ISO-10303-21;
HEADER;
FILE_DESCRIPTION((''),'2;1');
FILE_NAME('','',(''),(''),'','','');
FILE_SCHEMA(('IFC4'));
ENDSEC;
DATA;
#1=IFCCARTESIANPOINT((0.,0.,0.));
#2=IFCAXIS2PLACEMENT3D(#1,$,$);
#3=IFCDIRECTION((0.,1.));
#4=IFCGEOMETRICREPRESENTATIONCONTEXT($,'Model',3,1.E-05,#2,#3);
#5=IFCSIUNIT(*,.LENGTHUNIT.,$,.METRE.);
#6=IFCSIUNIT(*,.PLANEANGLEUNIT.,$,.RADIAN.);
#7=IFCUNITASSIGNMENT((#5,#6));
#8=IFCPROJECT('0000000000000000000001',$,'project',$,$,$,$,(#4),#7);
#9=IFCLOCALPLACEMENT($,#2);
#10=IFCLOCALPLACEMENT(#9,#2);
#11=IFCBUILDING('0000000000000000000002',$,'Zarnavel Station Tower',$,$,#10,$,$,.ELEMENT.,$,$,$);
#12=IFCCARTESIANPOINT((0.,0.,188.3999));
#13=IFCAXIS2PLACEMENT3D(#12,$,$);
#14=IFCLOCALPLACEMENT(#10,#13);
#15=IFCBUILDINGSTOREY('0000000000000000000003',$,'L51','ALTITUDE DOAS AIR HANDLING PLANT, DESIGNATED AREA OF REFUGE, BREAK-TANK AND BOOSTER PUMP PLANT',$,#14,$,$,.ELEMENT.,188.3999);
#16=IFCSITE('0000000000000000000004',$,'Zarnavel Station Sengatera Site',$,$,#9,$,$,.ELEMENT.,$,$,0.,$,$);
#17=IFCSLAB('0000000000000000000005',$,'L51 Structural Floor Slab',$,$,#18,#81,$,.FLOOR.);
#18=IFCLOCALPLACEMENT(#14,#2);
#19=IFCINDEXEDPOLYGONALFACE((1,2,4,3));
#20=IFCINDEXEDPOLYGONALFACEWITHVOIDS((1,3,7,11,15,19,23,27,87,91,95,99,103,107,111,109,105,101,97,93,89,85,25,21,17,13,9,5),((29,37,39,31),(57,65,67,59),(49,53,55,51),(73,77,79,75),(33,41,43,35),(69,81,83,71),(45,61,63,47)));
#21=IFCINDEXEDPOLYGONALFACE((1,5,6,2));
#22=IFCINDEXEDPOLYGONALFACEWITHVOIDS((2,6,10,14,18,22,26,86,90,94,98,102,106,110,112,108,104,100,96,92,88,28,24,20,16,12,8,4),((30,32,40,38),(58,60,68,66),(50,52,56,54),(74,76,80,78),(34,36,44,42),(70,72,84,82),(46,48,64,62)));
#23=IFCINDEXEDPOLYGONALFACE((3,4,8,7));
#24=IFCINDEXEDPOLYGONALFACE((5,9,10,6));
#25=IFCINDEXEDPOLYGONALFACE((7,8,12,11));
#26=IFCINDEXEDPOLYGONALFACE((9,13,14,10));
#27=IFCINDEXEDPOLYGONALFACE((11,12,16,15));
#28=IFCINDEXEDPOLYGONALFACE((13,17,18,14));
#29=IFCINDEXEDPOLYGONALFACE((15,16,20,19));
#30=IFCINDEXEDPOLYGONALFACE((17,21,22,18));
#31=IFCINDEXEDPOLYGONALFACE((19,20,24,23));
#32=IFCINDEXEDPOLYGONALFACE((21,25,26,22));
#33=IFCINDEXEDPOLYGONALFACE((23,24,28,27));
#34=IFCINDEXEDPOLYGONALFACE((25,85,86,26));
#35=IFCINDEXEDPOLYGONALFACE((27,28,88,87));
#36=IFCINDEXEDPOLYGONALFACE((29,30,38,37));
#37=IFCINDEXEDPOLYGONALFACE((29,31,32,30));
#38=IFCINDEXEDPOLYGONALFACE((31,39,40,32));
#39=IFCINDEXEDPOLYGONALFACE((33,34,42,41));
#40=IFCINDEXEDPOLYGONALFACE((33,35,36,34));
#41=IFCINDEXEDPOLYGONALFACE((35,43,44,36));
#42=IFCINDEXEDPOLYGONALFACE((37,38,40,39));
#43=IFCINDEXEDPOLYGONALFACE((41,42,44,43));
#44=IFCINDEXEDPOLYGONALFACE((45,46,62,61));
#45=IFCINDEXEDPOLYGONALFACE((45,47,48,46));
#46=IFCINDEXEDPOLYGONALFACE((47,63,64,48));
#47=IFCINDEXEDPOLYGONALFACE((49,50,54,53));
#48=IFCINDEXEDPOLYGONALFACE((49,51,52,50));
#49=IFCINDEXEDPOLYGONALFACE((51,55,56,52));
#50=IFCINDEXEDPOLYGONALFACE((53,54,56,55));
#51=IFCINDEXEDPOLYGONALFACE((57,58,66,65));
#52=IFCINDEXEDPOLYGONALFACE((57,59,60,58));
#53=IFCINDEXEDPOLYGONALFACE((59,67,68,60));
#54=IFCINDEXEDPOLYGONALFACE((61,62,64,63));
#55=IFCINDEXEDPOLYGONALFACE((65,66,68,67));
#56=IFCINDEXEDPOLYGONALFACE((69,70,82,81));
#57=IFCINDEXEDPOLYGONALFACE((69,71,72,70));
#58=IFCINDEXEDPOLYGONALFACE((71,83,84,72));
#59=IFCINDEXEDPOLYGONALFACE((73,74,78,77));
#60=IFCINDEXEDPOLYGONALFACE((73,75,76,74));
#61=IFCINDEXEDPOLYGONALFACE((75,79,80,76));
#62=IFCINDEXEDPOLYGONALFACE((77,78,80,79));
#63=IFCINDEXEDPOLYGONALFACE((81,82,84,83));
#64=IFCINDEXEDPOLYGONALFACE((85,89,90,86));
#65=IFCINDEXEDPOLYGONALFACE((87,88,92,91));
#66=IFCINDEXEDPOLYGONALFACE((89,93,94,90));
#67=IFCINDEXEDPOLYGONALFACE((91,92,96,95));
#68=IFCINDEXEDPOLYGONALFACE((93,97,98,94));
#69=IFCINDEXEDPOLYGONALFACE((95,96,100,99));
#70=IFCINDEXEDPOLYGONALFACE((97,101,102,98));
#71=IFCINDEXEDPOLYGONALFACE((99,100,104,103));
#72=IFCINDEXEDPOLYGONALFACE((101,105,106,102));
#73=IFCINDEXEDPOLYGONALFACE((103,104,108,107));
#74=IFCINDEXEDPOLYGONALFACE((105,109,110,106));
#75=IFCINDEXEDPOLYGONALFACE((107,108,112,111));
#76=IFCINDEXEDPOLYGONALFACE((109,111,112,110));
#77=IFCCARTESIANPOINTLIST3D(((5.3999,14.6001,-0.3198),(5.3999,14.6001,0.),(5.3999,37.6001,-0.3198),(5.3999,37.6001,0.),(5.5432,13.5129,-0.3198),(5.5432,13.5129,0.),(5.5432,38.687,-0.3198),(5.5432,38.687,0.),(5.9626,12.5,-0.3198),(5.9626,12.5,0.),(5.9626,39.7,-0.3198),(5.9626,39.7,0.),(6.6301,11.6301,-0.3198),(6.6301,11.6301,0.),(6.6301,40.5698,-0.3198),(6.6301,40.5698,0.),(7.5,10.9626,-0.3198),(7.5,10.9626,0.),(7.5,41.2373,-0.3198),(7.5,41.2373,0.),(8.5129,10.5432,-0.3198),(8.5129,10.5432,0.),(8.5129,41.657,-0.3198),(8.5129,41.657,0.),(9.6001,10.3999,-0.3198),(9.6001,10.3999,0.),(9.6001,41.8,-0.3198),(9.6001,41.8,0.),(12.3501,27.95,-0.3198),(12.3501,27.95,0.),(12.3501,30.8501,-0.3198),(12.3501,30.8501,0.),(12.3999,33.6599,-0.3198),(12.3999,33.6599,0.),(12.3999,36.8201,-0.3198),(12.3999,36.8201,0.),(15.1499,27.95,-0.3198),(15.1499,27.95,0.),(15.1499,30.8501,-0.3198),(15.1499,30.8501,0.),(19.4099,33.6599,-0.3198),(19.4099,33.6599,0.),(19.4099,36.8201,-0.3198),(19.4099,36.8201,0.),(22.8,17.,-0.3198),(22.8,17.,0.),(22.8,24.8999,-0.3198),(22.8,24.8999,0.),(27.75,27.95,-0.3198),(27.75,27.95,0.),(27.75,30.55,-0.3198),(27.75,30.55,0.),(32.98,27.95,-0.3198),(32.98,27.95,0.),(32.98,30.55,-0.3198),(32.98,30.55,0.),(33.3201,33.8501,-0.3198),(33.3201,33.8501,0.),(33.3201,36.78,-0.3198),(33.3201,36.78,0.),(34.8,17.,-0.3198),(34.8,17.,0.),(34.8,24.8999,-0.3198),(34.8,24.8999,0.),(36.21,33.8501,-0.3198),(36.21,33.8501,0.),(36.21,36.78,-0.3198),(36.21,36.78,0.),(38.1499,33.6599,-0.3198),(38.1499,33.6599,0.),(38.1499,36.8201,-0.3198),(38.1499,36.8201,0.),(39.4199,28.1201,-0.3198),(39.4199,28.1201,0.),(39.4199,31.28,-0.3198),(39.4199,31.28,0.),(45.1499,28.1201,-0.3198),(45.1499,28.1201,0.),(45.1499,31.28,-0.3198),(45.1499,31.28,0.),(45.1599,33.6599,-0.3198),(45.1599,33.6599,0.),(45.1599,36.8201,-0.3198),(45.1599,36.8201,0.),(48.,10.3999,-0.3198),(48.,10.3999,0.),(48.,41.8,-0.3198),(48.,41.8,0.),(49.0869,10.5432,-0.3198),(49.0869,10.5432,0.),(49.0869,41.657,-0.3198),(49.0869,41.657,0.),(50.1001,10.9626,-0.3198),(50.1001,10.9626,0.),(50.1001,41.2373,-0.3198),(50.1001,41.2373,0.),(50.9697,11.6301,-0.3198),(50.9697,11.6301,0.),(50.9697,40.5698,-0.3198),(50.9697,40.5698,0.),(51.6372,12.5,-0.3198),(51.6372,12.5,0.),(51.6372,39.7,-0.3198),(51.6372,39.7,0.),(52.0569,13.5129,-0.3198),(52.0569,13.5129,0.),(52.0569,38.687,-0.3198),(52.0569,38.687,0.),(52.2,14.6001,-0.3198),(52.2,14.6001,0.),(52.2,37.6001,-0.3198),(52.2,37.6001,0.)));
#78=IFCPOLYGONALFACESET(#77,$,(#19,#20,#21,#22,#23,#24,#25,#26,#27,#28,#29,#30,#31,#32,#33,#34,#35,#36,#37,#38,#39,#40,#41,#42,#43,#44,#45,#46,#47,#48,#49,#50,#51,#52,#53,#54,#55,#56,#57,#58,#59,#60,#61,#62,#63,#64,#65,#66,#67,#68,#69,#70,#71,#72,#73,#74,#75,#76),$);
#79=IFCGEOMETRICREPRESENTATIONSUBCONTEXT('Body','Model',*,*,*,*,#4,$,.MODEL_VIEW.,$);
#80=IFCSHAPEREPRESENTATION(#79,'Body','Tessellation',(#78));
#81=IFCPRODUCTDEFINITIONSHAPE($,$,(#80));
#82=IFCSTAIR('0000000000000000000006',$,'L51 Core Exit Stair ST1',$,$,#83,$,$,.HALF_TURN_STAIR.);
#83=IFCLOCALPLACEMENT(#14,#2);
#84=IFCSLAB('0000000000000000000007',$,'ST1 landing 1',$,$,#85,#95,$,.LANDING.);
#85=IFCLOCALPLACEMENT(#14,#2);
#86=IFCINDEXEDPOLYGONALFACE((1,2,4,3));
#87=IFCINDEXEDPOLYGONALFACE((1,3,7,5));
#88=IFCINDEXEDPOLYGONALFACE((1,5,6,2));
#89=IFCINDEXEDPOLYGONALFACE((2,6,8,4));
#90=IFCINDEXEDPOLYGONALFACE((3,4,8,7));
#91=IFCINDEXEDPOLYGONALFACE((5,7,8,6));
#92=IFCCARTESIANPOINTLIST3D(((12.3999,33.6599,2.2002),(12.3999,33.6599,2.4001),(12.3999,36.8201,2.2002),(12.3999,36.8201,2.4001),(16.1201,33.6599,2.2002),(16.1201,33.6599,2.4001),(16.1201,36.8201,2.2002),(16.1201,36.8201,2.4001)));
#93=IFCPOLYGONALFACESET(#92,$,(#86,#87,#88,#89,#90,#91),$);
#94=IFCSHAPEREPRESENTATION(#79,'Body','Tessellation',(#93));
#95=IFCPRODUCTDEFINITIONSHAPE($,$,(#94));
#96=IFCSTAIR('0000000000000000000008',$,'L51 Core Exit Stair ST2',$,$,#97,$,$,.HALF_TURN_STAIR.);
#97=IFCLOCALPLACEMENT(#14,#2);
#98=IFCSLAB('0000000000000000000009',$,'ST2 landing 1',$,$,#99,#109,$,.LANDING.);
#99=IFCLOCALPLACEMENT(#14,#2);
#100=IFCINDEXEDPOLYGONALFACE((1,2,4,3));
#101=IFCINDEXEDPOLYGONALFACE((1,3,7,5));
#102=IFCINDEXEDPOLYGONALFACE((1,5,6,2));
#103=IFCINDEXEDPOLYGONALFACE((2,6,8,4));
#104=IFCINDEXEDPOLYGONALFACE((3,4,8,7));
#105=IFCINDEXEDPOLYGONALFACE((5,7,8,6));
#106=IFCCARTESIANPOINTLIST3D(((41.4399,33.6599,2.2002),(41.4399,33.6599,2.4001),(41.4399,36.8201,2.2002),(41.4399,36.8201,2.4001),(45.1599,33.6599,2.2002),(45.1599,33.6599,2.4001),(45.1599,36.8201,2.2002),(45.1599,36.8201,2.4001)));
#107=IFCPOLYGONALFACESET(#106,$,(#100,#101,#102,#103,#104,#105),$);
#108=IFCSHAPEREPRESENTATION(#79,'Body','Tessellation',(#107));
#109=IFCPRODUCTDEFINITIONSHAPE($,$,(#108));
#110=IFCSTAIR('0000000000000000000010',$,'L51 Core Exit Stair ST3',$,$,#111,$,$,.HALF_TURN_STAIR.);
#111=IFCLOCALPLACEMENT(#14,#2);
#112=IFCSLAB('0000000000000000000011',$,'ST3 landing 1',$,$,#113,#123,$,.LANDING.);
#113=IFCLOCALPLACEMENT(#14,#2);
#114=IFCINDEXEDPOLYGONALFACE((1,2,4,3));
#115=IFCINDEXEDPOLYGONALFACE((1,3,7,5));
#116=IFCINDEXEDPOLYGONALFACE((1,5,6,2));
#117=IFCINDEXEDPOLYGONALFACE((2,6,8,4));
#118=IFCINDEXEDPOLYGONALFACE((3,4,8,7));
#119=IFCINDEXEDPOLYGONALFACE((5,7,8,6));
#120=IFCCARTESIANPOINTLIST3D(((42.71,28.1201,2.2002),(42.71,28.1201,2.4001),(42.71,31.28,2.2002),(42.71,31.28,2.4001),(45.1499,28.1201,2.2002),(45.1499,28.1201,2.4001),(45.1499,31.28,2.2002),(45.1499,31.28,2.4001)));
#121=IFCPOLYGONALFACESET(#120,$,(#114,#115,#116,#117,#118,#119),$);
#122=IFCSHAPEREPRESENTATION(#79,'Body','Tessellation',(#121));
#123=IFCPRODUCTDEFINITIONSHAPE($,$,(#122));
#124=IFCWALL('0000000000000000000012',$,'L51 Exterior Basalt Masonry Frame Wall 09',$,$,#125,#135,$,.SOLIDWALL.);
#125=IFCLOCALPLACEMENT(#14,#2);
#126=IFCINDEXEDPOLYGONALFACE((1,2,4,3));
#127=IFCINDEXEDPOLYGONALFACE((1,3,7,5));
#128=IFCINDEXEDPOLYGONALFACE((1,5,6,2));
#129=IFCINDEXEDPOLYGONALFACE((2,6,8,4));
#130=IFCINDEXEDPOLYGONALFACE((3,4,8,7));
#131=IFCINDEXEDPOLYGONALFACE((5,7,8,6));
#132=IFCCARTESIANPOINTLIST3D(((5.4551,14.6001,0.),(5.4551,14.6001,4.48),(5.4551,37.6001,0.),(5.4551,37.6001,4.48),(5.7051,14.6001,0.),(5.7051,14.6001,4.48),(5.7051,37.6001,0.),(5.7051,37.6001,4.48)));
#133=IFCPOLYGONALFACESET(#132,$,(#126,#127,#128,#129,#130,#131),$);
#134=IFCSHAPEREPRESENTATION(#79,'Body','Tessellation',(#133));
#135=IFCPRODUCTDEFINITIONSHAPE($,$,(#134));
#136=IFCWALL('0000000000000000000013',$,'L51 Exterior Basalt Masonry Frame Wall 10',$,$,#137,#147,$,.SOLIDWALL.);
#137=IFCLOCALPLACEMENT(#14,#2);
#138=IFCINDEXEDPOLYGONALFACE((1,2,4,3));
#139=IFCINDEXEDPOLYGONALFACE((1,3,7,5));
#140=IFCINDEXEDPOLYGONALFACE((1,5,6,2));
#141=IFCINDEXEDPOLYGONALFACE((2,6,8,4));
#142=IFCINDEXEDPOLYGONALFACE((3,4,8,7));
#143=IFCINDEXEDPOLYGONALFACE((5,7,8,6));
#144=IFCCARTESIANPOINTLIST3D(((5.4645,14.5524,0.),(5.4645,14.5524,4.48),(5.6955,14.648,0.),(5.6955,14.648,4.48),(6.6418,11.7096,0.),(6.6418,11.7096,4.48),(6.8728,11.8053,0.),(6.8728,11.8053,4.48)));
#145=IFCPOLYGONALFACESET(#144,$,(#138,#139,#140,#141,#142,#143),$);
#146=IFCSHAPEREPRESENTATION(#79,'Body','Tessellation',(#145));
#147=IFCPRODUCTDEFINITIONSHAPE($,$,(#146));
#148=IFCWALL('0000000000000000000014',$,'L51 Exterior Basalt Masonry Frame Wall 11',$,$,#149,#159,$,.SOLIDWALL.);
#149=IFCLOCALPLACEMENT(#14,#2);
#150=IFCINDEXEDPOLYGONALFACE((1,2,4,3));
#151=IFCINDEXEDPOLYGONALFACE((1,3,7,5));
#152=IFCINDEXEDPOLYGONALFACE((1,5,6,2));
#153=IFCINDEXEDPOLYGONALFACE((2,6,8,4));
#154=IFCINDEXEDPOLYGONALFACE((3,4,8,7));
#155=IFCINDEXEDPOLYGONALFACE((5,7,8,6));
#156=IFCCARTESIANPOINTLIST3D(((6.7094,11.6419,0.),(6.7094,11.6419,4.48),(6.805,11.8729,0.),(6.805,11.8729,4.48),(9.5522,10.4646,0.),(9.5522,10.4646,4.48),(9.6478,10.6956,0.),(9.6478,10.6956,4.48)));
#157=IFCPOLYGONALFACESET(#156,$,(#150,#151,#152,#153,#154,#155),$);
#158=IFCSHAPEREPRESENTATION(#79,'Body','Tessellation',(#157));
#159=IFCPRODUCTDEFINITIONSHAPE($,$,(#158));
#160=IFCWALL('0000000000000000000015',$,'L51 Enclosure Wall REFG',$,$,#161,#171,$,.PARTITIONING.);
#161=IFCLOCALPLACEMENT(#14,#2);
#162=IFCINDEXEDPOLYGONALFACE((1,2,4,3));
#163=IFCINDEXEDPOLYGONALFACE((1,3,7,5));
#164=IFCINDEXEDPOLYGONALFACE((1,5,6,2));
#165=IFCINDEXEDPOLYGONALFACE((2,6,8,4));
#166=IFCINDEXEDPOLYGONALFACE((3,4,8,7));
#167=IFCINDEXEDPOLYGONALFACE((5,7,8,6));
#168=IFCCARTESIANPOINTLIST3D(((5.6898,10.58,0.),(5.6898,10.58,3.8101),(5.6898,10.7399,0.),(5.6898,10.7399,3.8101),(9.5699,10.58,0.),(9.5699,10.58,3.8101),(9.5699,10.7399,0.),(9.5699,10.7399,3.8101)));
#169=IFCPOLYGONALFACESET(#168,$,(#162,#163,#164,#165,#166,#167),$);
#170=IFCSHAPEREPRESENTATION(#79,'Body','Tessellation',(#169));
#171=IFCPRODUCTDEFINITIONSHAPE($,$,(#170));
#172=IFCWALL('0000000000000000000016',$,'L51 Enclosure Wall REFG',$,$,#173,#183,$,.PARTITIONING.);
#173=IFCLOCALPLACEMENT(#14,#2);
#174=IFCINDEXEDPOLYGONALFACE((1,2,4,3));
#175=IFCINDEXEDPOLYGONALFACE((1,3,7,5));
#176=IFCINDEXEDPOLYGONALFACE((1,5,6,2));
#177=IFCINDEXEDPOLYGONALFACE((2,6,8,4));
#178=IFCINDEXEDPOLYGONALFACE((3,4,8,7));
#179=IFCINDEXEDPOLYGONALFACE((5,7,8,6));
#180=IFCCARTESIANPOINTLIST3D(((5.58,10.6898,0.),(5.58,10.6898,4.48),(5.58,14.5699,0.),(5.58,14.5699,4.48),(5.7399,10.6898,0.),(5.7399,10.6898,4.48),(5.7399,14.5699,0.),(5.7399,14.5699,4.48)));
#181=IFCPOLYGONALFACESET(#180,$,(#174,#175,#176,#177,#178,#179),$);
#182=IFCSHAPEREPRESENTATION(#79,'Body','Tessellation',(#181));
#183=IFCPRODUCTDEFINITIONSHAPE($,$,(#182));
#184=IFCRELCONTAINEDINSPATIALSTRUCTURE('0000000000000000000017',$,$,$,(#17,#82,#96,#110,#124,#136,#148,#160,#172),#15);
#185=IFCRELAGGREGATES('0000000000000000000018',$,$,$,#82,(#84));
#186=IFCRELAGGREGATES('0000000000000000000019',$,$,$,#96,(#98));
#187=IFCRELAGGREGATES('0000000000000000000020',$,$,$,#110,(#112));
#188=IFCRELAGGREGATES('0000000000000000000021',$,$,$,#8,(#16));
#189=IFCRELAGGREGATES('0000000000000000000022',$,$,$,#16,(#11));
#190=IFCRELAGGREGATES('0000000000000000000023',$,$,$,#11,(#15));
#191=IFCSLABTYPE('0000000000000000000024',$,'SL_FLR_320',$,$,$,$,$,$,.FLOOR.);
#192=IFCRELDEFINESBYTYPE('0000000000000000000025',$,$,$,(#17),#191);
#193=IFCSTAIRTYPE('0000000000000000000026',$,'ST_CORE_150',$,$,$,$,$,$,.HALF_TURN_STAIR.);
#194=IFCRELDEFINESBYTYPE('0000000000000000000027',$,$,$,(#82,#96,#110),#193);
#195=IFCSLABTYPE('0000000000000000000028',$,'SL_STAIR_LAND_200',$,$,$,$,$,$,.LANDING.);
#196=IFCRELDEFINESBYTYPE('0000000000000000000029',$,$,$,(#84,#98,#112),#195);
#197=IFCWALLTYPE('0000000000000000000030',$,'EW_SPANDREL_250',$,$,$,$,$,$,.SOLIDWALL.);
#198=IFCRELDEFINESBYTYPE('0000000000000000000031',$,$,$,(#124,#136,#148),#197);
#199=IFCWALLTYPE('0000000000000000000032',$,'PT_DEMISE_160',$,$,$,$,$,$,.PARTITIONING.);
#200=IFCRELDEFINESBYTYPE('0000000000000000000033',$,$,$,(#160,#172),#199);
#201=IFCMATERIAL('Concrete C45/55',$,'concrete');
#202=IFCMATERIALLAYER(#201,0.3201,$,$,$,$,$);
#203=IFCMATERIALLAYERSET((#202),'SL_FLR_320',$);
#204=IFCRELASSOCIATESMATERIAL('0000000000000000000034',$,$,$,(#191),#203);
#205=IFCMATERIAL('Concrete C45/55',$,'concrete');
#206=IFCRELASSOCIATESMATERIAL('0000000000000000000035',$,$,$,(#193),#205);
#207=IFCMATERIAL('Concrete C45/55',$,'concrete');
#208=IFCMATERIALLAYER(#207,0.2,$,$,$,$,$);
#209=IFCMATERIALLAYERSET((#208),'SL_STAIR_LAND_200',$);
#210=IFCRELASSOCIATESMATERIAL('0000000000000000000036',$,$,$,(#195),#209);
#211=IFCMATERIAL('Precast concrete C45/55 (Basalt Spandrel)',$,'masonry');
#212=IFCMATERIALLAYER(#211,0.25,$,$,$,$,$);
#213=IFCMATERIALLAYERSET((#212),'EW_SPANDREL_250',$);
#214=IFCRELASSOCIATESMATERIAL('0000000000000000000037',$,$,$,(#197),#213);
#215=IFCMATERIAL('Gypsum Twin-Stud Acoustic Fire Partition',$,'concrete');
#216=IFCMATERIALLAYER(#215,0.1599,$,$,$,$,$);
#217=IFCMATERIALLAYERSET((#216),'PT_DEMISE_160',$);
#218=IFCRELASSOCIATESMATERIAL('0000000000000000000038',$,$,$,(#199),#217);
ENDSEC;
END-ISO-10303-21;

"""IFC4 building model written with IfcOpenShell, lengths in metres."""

from ifc_helpers import new_model, si_unit, direction, frame, frame_2d, origin, place, context, subcontext, project, spatial, polyline, rectangle, outline, extrude, material, layer, layer_set, type_object, element, aggregate, save


model = new_model("IFC4")

# Units and contexts
model_context = context("Model", 3, precision=1e-05, world=origin(), true_north=direction((0.0, 1.0)))
body_context = subcontext(model_context, "Body", "Model", "MODEL_VIEW")
ifc_project = project(units=[si_unit("LENGTHUNIT", "METRE"), si_unit("PLANEANGLEUNIT", "RADIAN")], contexts=[model_context])

# Site, building, storey
site_placement = place(None, origin())
site = spatial("IfcSite", under=ifc_project, at=site_placement, Name="Zarnavel Station Sengatera Site", CompositionType="ELEMENT", RefElevation=0.0)
building_placement = place(site_placement, origin())
building = spatial("IfcBuilding", under=site, at=building_placement, Name="Zarnavel Station Tower", CompositionType="ELEMENT")
storey_placement = place(building_placement, frame((0.0, 0.0, 188.3999)))
storey = spatial("IfcBuildingStorey", under=building, at=storey_placement, Name="L51", Description="ALTITUDE DOAS AIR HANDLING PLANT, DESIGNATED AREA OF REFUGE, BREAK-TANK AND BOOSTER PUMP PLANT", CompositionType="ELEMENT", Elevation=188.3999)

# Slab
ifc_material_1 = material(Name="Concrete C45/55", Category="concrete")
ifc_layer_1 = layer(ifc_material_1, 0.3201)
ifc_layer_set_1 = layer_set([ifc_layer_1], Name="SL_FLR_320")
slab_type_1 = type_object("IfcSlabType", Name="SL_FLR_320", PredefinedType="FLOOR", material=ifc_layer_set_1)
slab_1_placement = place(storey_placement, frame((0.0, 0.0, -0.3198)))
element("IfcSlab", 1, at=slab_1_placement, inside=storey, type_object=slab_type_1, Name="L51 Structural Floor Slab", PredefinedType="FLOOR", context=body_context, shape_type="SweptSolid", body=[
    extrude(outline(polyline([(48.0, 10.3999), (49.0869, 10.5432), (50.1001, 10.9626), (50.9697, 11.6301), (51.6372, 12.5), (52.0569, 13.5129), (52.2, 14.6001), (52.2, 37.6001), (52.0569, 38.687), (51.6372, 39.7), (50.9697, 40.5698), (50.1001, 41.2373), (49.0869, 41.657), (48.0, 41.8), (9.6001, 41.8), (8.5129, 41.657), (7.5, 41.2373), (6.6301, 40.5698), (5.9626, 39.7), (5.5432, 38.687), (5.3999, 37.6001), (5.3999, 14.6001), (5.5432, 13.5129), (5.9626, 12.5), (6.6301, 11.6301), (7.5, 10.9626), (8.5129, 10.5432), (9.6001, 10.3999), (48.0, 10.3999)]), holes=[polyline([(12.3999, 33.6599), (19.4099, 33.6599), (19.4099, 36.8201), (12.3999, 36.8201), (12.3999, 33.6599)]), polyline([(38.1499, 33.6599), (45.1599, 33.6599), (45.1599, 36.8201), (38.1499, 36.8201), (38.1499, 33.6599)]), polyline([(39.4199, 28.1201), (45.1499, 28.1201), (45.1499, 31.28), (39.4199, 31.28), (39.4199, 28.1201)]), polyline([(12.3501, 27.95), (15.1499, 27.95), (15.1499, 30.8501), (12.3501, 30.8501), (12.3501, 27.95)]), polyline([(33.3201, 33.8501), (36.21, 33.8501), (36.21, 36.78), (33.3201, 36.78), (33.3201, 33.8501)]), polyline([(27.75, 27.95), (32.98, 27.95), (32.98, 30.55), (27.75, 30.55), (27.75, 27.95)]), polyline([(22.8, 17.0), (34.8, 17.0), (34.8, 24.8999), (22.8, 24.8999), (22.8, 17.0)])]), origin(), (0.0, 0.0, 1.0), 0.3198),
])

# Stairs, slabs
ifc_material_2 = material(Name="Concrete C45/55", Category="concrete")
stair_type = type_object("IfcStairType", Name="ST_CORE_150", PredefinedType="HALF_TURN_STAIR", material=ifc_material_2)
stair_1_placement = place(storey_placement, origin())
stair_1 = element("IfcStair", 2, at=stair_1_placement, inside=storey, type_object=stair_type, Name="L51 Core Exit Stair ST1", PredefinedType="HALF_TURN_STAIR")
ifc_material_3 = material(Name="Concrete C45/55", Category="concrete")
ifc_layer_2 = layer(ifc_material_3, 0.2)
ifc_layer_set_2 = layer_set([ifc_layer_2], Name="SL_STAIR_LAND_200")
slab_type_2 = type_object("IfcSlabType", Name="SL_STAIR_LAND_200", PredefinedType="LANDING", material=ifc_layer_set_2)
slab_2_placement = place(storey_placement, frame((0.0, 0.0, 2.2002)))
slab_2 = element("IfcSlab", 3, at=slab_2_placement, type_object=slab_type_2, Name="ST1 landing 1", PredefinedType="LANDING", context=body_context, shape_type="SweptSolid", body=[
    extrude(outline(polyline([(16.1201, 36.8201), (12.3999, 36.8201), (12.3999, 33.6599), (16.1201, 33.6599), (16.1201, 36.8201)])), origin(), (0.0, 0.0, 1.0), 0.2),
])
aggregate(stair_1, [slab_2])
stair_2_placement = place(storey_placement, origin())
stair_2 = element("IfcStair", 4, at=stair_2_placement, inside=storey, type_object=stair_type, Name="L51 Core Exit Stair ST2", PredefinedType="HALF_TURN_STAIR")
slab_3_placement = place(storey_placement, frame((0.0, 0.0, 2.2002)))
slab_3 = element("IfcSlab", 5, at=slab_3_placement, type_object=slab_type_2, Name="ST2 landing 1", PredefinedType="LANDING", context=body_context, shape_type="SweptSolid", body=[
    extrude(outline(polyline([(41.4399, 33.6599), (45.1599, 33.6599), (45.1599, 36.8201), (41.4399, 36.8201), (41.4399, 33.6599)])), origin(), (0.0, 0.0, 1.0), 0.2),
])
aggregate(stair_2, [slab_3])
stair_3_placement = place(storey_placement, origin())
stair_3 = element("IfcStair", 6, at=stair_3_placement, inside=storey, type_object=stair_type, Name="L51 Core Exit Stair ST3", PredefinedType="HALF_TURN_STAIR")
slab_4_placement = place(storey_placement, frame((0.0, 0.0, 2.2002)))
slab_4 = element("IfcSlab", 7, at=slab_4_placement, type_object=slab_type_2, Name="ST3 landing 1", PredefinedType="LANDING", context=body_context, shape_type="SweptSolid", body=[
    extrude(outline(polyline([(42.71, 28.1201), (45.1499, 28.1201), (45.1499, 31.28), (42.71, 31.28), (42.71, 28.1201)])), origin(), (0.0, 0.0, 1.0), 0.2),
])
aggregate(stair_3, [slab_4])

# Walls
ifc_material_4 = material(Name="Precast concrete C45/55 (Basalt Spandrel)", Category="masonry")
ifc_layer_3 = layer(ifc_material_4, 0.25)
ifc_layer_set_3 = layer_set([ifc_layer_3], Name="EW_SPANDREL_250")
wall_type_1 = type_object("IfcWallType", Name="EW_SPANDREL_250", PredefinedType="SOLIDWALL", material=ifc_layer_set_3)
wall_1_placement = place(storey_placement, frame((5.5801, 14.6001, 0.0), z_axis=(0.0, 0.0, 1.0), x_axis=(0.0, 1.0, 0.0)))
element("IfcWall", 8, at=wall_1_placement, inside=storey, type_object=wall_type_1, Name="L51 Exterior Basalt Masonry Frame Wall 09", PredefinedType="SOLIDWALL", context=body_context, shape_type="SweptSolid", body=[
    extrude(rectangle(XDim=23.0, YDim=0.25, at=frame_2d((11.5, 0.0))), origin(), (0.0, 0.0, 1.0), 4.48),
])
for number, where, z_axis, x_axis, name in (
    (9, (6.7573, 11.7573, 0.0), (0.0, 0.0, 1.0), (-0.382609, 0.92391, 0.0), "L51 Exterior Basalt Masonry Frame Wall 10"),
    (10, (9.6001, 10.5801, 0.0), (0.0, 0.0, 1.0), (-0.92391, 0.382609, 0.0), "L51 Exterior Basalt Masonry Frame Wall 11"),
):
    element("IfcWall", number, at=place(storey_placement, frame(where, z_axis=z_axis, x_axis=x_axis)), inside=storey, type_object=wall_type_1, Name=name, PredefinedType="SOLIDWALL", context=body_context, shape_type="SweptSolid", body=[
        extrude(rectangle(XDim=3.0769, YDim=0.25, at=frame_2d((1.5386, 0.0))), origin(), (0.0, 0.0, 1.0), 4.48),
    ])
ifc_material_5 = material(Name="Gypsum Twin-Stud Acoustic Fire Partition", Category="concrete")
ifc_layer_4 = layer(ifc_material_5, 0.1599)
ifc_layer_set_4 = layer_set([ifc_layer_4], Name="PT_DEMISE_160")
wall_type_2 = type_object("IfcWallType", Name="PT_DEMISE_160", PredefinedType="PARTITIONING", material=ifc_layer_set_4)
wall_2_placement = place(storey_placement, frame((5.6899, 10.6599, 0.0), z_axis=(0.0, 0.0, 1.0), x_axis=(1.0, 0.0, 0.0)))
element("IfcWall", 11, at=wall_2_placement, inside=storey, type_object=wall_type_2, Name="L51 Enclosure Wall REFG", PredefinedType="PARTITIONING", context=body_context, shape_type="SweptSolid", body=[
    extrude(rectangle(XDim=3.8801, YDim=0.1599, at=frame_2d((1.9399, 0.0))), origin(), (0.0, 0.0, 1.0), 3.8101),
])
wall_3_placement = place(storey_placement, frame((5.6599, 10.6899, 0.0), z_axis=(0.0, 0.0, 1.0), x_axis=(0.0, 1.0, 0.0)))
element("IfcWall", 12, at=wall_3_placement, inside=storey, type_object=wall_type_2, Name="L51 Enclosure Wall REFG", PredefinedType="PARTITIONING", context=body_context, shape_type="SweptSolid", body=[
    extrude(rectangle(XDim=3.8801, YDim=0.1599, at=frame_2d((1.9399, 0.0))), origin(), (0.0, 0.0, 1.0), 4.48),
])

save(model, "model.ifc")
